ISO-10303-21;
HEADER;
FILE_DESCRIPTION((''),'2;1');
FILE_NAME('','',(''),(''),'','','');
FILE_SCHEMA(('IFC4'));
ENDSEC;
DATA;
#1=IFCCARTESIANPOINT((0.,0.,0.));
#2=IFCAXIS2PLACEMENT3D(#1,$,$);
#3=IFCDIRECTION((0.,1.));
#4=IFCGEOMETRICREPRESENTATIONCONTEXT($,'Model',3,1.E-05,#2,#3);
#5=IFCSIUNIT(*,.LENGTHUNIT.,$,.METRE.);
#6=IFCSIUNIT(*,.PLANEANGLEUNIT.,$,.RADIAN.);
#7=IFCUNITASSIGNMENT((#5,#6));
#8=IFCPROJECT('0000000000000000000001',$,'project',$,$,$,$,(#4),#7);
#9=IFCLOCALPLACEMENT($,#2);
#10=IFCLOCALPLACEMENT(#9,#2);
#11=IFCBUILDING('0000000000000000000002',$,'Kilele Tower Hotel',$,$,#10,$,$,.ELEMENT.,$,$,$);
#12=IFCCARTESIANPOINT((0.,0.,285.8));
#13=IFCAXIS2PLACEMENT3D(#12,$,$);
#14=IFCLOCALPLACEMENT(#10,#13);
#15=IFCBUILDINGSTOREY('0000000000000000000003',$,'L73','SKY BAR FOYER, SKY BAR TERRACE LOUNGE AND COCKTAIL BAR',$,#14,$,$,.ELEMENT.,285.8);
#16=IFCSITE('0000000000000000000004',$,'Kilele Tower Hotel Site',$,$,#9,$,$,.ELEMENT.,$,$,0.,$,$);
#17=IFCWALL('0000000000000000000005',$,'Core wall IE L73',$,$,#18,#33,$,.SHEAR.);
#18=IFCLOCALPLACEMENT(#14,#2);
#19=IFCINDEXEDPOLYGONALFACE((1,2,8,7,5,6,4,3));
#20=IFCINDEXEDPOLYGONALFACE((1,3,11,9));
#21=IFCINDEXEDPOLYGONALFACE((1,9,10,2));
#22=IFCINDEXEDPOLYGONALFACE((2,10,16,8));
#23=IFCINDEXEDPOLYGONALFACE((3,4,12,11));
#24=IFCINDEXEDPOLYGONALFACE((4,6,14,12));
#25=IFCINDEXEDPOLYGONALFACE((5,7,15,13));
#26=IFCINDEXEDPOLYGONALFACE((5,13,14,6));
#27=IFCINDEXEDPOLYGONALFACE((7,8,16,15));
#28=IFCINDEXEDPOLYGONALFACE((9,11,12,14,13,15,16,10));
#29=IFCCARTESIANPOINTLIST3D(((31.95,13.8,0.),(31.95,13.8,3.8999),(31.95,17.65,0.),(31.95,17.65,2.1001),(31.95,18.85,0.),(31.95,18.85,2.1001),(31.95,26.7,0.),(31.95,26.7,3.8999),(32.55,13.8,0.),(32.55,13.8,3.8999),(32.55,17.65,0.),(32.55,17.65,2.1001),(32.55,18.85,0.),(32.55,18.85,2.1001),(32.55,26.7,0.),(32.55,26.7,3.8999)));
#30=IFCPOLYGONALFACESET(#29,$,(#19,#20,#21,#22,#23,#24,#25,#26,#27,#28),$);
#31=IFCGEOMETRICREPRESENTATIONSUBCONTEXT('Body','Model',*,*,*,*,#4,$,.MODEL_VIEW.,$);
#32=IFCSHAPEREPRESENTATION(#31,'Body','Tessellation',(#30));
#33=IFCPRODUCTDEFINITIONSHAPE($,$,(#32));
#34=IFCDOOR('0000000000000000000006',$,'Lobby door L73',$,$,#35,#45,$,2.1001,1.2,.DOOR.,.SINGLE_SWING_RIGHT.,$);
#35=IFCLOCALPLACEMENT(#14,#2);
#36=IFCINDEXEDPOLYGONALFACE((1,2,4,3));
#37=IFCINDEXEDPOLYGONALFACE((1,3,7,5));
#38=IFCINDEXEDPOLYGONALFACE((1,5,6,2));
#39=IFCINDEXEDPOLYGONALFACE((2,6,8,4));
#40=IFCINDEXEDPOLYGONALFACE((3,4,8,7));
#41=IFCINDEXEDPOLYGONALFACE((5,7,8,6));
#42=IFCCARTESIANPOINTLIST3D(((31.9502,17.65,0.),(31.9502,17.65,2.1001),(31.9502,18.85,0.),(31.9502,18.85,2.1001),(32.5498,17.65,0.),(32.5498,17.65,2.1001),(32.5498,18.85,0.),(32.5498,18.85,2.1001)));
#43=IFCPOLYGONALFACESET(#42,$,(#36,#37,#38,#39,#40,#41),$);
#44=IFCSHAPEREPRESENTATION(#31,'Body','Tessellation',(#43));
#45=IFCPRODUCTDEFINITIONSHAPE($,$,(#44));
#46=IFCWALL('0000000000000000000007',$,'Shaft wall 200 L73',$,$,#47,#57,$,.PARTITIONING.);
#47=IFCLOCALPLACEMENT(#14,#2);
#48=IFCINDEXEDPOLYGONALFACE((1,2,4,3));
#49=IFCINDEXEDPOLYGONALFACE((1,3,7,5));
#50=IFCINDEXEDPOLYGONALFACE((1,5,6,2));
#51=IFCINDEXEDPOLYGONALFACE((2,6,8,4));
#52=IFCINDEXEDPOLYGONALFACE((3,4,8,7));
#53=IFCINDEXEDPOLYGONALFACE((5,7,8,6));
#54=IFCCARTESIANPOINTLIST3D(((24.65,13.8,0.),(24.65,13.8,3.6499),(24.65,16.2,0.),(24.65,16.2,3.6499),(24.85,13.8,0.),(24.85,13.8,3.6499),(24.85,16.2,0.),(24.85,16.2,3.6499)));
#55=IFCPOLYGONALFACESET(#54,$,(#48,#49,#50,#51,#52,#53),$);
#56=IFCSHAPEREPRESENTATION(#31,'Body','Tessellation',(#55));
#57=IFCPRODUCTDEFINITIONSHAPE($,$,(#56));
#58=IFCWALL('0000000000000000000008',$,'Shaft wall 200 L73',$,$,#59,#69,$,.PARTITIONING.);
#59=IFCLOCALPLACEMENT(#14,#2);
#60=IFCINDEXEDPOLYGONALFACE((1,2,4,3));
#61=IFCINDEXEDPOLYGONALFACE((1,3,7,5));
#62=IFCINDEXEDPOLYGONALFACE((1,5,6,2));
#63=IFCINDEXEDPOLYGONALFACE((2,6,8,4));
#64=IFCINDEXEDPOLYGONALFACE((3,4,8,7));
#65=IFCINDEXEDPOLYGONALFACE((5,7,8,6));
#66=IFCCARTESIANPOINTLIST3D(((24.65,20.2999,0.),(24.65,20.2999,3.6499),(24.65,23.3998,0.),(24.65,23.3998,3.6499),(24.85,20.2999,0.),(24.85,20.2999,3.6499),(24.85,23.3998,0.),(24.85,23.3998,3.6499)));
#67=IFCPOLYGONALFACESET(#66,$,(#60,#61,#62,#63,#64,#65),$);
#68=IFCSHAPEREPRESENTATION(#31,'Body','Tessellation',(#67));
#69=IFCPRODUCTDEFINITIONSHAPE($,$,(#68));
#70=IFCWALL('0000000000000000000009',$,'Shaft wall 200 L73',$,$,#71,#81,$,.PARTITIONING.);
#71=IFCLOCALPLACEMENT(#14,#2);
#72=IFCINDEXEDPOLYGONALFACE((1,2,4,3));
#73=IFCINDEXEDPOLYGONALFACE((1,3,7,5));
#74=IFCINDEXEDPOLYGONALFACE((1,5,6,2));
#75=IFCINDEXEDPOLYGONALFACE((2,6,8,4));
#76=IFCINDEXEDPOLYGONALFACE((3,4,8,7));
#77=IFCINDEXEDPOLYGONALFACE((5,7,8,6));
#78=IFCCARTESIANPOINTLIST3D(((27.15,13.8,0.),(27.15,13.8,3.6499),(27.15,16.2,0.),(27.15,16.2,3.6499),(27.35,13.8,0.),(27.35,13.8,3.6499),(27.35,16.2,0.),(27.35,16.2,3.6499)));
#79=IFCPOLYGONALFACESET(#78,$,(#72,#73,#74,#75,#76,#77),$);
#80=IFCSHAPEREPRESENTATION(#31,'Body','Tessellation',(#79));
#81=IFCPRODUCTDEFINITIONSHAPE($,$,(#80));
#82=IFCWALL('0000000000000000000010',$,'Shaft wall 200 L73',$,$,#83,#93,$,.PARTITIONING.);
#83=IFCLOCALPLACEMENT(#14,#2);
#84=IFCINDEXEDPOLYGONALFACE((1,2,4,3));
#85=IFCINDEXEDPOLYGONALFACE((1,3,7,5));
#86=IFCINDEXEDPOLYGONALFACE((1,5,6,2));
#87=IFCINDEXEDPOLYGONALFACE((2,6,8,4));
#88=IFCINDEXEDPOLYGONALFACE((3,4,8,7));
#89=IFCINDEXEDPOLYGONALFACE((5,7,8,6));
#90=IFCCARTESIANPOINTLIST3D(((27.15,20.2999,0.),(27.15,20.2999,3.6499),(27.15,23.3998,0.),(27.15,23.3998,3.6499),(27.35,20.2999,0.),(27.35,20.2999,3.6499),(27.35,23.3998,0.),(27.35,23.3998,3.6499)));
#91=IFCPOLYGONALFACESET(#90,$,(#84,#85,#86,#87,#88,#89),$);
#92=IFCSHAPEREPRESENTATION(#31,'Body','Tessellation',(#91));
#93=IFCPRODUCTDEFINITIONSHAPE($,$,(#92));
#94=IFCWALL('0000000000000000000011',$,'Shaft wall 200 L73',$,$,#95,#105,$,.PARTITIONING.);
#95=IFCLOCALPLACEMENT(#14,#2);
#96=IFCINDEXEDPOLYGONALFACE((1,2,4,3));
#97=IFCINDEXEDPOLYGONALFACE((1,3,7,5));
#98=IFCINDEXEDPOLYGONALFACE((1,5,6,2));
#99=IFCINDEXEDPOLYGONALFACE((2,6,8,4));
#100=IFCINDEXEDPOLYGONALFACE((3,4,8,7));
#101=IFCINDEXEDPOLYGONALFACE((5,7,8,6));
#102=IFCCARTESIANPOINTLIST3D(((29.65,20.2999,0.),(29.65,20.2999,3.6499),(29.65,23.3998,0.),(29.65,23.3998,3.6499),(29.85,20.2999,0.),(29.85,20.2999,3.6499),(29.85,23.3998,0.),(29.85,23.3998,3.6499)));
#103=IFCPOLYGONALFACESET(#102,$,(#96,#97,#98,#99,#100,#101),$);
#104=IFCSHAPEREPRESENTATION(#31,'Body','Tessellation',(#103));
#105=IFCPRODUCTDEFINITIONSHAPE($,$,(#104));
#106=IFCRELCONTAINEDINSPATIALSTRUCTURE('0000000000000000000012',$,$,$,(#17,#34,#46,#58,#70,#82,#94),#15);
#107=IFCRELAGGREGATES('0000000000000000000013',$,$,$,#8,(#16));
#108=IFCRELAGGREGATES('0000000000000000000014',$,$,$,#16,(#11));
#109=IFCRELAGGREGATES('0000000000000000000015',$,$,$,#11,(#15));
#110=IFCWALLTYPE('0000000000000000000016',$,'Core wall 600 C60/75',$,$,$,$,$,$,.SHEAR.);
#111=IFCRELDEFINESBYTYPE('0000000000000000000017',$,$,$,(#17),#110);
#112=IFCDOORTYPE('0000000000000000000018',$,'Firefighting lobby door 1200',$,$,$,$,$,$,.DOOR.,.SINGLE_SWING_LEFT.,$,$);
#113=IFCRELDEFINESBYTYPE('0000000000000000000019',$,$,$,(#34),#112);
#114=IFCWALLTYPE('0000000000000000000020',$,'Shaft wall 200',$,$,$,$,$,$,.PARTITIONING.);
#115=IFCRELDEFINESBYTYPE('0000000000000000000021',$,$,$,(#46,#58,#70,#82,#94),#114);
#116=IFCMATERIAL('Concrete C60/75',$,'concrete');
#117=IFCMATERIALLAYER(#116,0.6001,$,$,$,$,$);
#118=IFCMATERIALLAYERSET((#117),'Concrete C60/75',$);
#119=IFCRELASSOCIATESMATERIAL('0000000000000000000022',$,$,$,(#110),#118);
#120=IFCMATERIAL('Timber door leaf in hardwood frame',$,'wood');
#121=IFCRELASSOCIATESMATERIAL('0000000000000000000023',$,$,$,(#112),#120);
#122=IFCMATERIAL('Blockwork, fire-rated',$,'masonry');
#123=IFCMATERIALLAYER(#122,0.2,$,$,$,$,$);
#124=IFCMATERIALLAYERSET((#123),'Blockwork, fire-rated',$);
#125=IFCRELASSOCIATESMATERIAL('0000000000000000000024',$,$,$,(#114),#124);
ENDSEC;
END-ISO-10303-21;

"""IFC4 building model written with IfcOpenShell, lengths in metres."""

from ifc_helpers import new_model, si_unit, direction, frame, frame_2d, origin, place, context, subcontext, project, spatial, rectangle, extrude, material, layer, layer_set, type_object, element, fill, save


model = new_model("IFC4")

# Units and contexts
model_context = context("Model", 3, precision=1e-05, world=origin(), true_north=direction((0.0, 1.0)))
body_context = subcontext(model_context, "Body", "Model", "MODEL_VIEW")
ifc_project = project(units=[si_unit("LENGTHUNIT", "METRE"), si_unit("PLANEANGLEUNIT", "RADIAN")], contexts=[model_context])

# Site, building, storey
site_placement = place(None, origin())
site = spatial("IfcSite", under=ifc_project, at=site_placement, Name="Kilele Tower Hotel Site", CompositionType="ELEMENT", RefElevation=0.0)
building_placement = place(site_placement, origin())
building = spatial("IfcBuilding", under=site, at=building_placement, Name="Kilele Tower Hotel", CompositionType="ELEMENT")
storey_placement = place(building_placement, frame((0.0, 0.0, 285.8)))
storey = spatial("IfcBuildingStorey", under=building, at=storey_placement, Name="L73", Description="SKY BAR FOYER, SKY BAR TERRACE LOUNGE AND COCKTAIL BAR", CompositionType="ELEMENT", Elevation=285.8)

# Wall, opening, door
ifc_material_1 = material(Name="Concrete C60/75", Category="concrete")
ifc_layer_1 = layer(ifc_material_1, 0.6001)
ifc_layer_set_1 = layer_set([ifc_layer_1], Name="Concrete C60/75")
wall_type_1 = type_object("IfcWallType", Name="Core wall 600 C60/75", PredefinedType="SHEAR", material=ifc_layer_set_1)
wall_1_placement = place(storey_placement, frame((32.25, 13.8, 0.0), z_axis=(0.0, 0.0, 1.0), x_axis=(0.0, 1.0, 0.0)))
wall_1 = element("IfcWall", 1, at=wall_1_placement, inside=storey, type_object=wall_type_1, Name="Core wall IE L73", PredefinedType="SHEAR", context=body_context, shape_type="SweptSolid", body=[
    extrude(rectangle(XDim=12.8999, YDim=0.6001, at=frame_2d((6.45, 0.0))), origin(), (0.0, 0.0, 1.0), 3.8999),
])
opening_placement = place(wall_1_placement, frame((5.05, 0.0, 0.0), z_axis=(0.0, 0.0, 1.0), x_axis=(-1.0, 0.0, 0.0)))
opening = element("IfcOpeningElement", 2, at=opening_placement, cuts=wall_1, PredefinedType="OPENING", context=body_context, shape_type="SweptSolid", body=[
    extrude(rectangle(XDim=1.2, YDim=2.1001, at=frame_2d((0.6001, 1.05))), frame((0.0, 0.3101, 0.0), z_axis=(0.0, -1.0, 0.0), x_axis=(1.0, 0.0, 0.0)), (0.0, 0.0, 1.0), 0.6201),
])
ifc_material_2 = material(Name="Timber door leaf in hardwood frame", Category="wood")
door_type = type_object("IfcDoorType", Name="Firefighting lobby door 1200", OperationType="SINGLE_SWING_LEFT", PredefinedType="DOOR", material=ifc_material_2)
door_placement = place(opening_placement, origin())
door = element("IfcDoor", 3, at=door_placement, inside=storey, type_object=door_type, Name="Lobby door L73", OperationType="SINGLE_SWING_RIGHT", OverallHeight=2.1001, OverallWidth=1.2, PredefinedType="DOOR", context=body_context, shape_type="SweptSolid", body=[
    extrude(rectangle(XDim=1.2, YDim=2.1001, at=frame_2d((0.6001, 1.05))), frame((0.0, 0.2998, 0.0), z_axis=(0.0, -1.0, 0.0), x_axis=(1.0, 0.0, 0.0)), (0.0, 0.0, 1.0), 0.5996),
])
fill(opening, door)

# Walls
ifc_material_3 = material(Name="Blockwork, fire-rated", Category="masonry")
ifc_layer_2 = layer(ifc_material_3, 0.2)
ifc_layer_set_2 = layer_set([ifc_layer_2], Name="Blockwork, fire-rated")
wall_type_2 = type_object("IfcWallType", Name="Shaft wall 200", PredefinedType="PARTITIONING", material=ifc_layer_set_2)
wall_2_placement = place(storey_placement, frame((24.75, 13.8, 0.0), z_axis=(0.0, 0.0, 1.0), x_axis=(0.0, 1.0, 0.0)))
element("IfcWall", 4, at=wall_2_placement, inside=storey, type_object=wall_type_2, Name="Shaft wall 200 L73", PredefinedType="PARTITIONING", context=body_context, shape_type="SweptSolid", body=[
    extrude(rectangle(XDim=2.3999, YDim=0.2, at=frame_2d((1.2, 0.0))), origin(), (0.0, 0.0, 1.0), 3.6499),
])
wall_3_placement = place(storey_placement, frame((24.75, 20.3, 0.0), z_axis=(0.0, 0.0, 1.0), x_axis=(0.0, 1.0, 0.0)))
element("IfcWall", 5, at=wall_3_placement, inside=storey, type_object=wall_type_2, Name="Shaft wall 200 L73", PredefinedType="PARTITIONING", context=body_context, shape_type="SweptSolid", body=[
    extrude(rectangle(XDim=3.0999, YDim=0.2, at=frame_2d((1.5498, 0.0))), origin(), (0.0, 0.0, 1.0), 3.6499),
])
wall_4_placement = place(storey_placement, frame((27.25, 13.8, 0.0), z_axis=(0.0, 0.0, 1.0), x_axis=(0.0, 1.0, 0.0)))
element("IfcWall", 6, at=wall_4_placement, inside=storey, type_object=wall_type_2, Name="Shaft wall 200 L73", PredefinedType="PARTITIONING", context=body_context, shape_type="SweptSolid", body=[
    extrude(rectangle(XDim=2.3999, YDim=0.2, at=frame_2d((1.2, 0.0))), origin(), (0.0, 0.0, 1.0), 3.6499),
])
for number, where, z_axis, x_axis, name in (
    (7, (27.25, 20.3, 0.0), (0.0, 0.0, 1.0), (0.0, 1.0, 0.0), "Shaft wall 200 L73"),
    (8, (29.75, 20.3, 0.0), (0.0, 0.0, 1.0), (0.0, 1.0, 0.0), "Shaft wall 200 L73"),
):
    element("IfcWall", number, at=place(storey_placement, frame(where, z_axis=z_axis, x_axis=x_axis)), inside=storey, type_object=wall_type_2, Name=name, PredefinedType="PARTITIONING", context=body_context, shape_type="SweptSolid", body=[
        extrude(rectangle(XDim=3.0999, YDim=0.2, at=frame_2d((1.5498, 0.0))), origin(), (0.0, 0.0, 1.0), 3.6499),
    ])

save(model, "model.ifc")
